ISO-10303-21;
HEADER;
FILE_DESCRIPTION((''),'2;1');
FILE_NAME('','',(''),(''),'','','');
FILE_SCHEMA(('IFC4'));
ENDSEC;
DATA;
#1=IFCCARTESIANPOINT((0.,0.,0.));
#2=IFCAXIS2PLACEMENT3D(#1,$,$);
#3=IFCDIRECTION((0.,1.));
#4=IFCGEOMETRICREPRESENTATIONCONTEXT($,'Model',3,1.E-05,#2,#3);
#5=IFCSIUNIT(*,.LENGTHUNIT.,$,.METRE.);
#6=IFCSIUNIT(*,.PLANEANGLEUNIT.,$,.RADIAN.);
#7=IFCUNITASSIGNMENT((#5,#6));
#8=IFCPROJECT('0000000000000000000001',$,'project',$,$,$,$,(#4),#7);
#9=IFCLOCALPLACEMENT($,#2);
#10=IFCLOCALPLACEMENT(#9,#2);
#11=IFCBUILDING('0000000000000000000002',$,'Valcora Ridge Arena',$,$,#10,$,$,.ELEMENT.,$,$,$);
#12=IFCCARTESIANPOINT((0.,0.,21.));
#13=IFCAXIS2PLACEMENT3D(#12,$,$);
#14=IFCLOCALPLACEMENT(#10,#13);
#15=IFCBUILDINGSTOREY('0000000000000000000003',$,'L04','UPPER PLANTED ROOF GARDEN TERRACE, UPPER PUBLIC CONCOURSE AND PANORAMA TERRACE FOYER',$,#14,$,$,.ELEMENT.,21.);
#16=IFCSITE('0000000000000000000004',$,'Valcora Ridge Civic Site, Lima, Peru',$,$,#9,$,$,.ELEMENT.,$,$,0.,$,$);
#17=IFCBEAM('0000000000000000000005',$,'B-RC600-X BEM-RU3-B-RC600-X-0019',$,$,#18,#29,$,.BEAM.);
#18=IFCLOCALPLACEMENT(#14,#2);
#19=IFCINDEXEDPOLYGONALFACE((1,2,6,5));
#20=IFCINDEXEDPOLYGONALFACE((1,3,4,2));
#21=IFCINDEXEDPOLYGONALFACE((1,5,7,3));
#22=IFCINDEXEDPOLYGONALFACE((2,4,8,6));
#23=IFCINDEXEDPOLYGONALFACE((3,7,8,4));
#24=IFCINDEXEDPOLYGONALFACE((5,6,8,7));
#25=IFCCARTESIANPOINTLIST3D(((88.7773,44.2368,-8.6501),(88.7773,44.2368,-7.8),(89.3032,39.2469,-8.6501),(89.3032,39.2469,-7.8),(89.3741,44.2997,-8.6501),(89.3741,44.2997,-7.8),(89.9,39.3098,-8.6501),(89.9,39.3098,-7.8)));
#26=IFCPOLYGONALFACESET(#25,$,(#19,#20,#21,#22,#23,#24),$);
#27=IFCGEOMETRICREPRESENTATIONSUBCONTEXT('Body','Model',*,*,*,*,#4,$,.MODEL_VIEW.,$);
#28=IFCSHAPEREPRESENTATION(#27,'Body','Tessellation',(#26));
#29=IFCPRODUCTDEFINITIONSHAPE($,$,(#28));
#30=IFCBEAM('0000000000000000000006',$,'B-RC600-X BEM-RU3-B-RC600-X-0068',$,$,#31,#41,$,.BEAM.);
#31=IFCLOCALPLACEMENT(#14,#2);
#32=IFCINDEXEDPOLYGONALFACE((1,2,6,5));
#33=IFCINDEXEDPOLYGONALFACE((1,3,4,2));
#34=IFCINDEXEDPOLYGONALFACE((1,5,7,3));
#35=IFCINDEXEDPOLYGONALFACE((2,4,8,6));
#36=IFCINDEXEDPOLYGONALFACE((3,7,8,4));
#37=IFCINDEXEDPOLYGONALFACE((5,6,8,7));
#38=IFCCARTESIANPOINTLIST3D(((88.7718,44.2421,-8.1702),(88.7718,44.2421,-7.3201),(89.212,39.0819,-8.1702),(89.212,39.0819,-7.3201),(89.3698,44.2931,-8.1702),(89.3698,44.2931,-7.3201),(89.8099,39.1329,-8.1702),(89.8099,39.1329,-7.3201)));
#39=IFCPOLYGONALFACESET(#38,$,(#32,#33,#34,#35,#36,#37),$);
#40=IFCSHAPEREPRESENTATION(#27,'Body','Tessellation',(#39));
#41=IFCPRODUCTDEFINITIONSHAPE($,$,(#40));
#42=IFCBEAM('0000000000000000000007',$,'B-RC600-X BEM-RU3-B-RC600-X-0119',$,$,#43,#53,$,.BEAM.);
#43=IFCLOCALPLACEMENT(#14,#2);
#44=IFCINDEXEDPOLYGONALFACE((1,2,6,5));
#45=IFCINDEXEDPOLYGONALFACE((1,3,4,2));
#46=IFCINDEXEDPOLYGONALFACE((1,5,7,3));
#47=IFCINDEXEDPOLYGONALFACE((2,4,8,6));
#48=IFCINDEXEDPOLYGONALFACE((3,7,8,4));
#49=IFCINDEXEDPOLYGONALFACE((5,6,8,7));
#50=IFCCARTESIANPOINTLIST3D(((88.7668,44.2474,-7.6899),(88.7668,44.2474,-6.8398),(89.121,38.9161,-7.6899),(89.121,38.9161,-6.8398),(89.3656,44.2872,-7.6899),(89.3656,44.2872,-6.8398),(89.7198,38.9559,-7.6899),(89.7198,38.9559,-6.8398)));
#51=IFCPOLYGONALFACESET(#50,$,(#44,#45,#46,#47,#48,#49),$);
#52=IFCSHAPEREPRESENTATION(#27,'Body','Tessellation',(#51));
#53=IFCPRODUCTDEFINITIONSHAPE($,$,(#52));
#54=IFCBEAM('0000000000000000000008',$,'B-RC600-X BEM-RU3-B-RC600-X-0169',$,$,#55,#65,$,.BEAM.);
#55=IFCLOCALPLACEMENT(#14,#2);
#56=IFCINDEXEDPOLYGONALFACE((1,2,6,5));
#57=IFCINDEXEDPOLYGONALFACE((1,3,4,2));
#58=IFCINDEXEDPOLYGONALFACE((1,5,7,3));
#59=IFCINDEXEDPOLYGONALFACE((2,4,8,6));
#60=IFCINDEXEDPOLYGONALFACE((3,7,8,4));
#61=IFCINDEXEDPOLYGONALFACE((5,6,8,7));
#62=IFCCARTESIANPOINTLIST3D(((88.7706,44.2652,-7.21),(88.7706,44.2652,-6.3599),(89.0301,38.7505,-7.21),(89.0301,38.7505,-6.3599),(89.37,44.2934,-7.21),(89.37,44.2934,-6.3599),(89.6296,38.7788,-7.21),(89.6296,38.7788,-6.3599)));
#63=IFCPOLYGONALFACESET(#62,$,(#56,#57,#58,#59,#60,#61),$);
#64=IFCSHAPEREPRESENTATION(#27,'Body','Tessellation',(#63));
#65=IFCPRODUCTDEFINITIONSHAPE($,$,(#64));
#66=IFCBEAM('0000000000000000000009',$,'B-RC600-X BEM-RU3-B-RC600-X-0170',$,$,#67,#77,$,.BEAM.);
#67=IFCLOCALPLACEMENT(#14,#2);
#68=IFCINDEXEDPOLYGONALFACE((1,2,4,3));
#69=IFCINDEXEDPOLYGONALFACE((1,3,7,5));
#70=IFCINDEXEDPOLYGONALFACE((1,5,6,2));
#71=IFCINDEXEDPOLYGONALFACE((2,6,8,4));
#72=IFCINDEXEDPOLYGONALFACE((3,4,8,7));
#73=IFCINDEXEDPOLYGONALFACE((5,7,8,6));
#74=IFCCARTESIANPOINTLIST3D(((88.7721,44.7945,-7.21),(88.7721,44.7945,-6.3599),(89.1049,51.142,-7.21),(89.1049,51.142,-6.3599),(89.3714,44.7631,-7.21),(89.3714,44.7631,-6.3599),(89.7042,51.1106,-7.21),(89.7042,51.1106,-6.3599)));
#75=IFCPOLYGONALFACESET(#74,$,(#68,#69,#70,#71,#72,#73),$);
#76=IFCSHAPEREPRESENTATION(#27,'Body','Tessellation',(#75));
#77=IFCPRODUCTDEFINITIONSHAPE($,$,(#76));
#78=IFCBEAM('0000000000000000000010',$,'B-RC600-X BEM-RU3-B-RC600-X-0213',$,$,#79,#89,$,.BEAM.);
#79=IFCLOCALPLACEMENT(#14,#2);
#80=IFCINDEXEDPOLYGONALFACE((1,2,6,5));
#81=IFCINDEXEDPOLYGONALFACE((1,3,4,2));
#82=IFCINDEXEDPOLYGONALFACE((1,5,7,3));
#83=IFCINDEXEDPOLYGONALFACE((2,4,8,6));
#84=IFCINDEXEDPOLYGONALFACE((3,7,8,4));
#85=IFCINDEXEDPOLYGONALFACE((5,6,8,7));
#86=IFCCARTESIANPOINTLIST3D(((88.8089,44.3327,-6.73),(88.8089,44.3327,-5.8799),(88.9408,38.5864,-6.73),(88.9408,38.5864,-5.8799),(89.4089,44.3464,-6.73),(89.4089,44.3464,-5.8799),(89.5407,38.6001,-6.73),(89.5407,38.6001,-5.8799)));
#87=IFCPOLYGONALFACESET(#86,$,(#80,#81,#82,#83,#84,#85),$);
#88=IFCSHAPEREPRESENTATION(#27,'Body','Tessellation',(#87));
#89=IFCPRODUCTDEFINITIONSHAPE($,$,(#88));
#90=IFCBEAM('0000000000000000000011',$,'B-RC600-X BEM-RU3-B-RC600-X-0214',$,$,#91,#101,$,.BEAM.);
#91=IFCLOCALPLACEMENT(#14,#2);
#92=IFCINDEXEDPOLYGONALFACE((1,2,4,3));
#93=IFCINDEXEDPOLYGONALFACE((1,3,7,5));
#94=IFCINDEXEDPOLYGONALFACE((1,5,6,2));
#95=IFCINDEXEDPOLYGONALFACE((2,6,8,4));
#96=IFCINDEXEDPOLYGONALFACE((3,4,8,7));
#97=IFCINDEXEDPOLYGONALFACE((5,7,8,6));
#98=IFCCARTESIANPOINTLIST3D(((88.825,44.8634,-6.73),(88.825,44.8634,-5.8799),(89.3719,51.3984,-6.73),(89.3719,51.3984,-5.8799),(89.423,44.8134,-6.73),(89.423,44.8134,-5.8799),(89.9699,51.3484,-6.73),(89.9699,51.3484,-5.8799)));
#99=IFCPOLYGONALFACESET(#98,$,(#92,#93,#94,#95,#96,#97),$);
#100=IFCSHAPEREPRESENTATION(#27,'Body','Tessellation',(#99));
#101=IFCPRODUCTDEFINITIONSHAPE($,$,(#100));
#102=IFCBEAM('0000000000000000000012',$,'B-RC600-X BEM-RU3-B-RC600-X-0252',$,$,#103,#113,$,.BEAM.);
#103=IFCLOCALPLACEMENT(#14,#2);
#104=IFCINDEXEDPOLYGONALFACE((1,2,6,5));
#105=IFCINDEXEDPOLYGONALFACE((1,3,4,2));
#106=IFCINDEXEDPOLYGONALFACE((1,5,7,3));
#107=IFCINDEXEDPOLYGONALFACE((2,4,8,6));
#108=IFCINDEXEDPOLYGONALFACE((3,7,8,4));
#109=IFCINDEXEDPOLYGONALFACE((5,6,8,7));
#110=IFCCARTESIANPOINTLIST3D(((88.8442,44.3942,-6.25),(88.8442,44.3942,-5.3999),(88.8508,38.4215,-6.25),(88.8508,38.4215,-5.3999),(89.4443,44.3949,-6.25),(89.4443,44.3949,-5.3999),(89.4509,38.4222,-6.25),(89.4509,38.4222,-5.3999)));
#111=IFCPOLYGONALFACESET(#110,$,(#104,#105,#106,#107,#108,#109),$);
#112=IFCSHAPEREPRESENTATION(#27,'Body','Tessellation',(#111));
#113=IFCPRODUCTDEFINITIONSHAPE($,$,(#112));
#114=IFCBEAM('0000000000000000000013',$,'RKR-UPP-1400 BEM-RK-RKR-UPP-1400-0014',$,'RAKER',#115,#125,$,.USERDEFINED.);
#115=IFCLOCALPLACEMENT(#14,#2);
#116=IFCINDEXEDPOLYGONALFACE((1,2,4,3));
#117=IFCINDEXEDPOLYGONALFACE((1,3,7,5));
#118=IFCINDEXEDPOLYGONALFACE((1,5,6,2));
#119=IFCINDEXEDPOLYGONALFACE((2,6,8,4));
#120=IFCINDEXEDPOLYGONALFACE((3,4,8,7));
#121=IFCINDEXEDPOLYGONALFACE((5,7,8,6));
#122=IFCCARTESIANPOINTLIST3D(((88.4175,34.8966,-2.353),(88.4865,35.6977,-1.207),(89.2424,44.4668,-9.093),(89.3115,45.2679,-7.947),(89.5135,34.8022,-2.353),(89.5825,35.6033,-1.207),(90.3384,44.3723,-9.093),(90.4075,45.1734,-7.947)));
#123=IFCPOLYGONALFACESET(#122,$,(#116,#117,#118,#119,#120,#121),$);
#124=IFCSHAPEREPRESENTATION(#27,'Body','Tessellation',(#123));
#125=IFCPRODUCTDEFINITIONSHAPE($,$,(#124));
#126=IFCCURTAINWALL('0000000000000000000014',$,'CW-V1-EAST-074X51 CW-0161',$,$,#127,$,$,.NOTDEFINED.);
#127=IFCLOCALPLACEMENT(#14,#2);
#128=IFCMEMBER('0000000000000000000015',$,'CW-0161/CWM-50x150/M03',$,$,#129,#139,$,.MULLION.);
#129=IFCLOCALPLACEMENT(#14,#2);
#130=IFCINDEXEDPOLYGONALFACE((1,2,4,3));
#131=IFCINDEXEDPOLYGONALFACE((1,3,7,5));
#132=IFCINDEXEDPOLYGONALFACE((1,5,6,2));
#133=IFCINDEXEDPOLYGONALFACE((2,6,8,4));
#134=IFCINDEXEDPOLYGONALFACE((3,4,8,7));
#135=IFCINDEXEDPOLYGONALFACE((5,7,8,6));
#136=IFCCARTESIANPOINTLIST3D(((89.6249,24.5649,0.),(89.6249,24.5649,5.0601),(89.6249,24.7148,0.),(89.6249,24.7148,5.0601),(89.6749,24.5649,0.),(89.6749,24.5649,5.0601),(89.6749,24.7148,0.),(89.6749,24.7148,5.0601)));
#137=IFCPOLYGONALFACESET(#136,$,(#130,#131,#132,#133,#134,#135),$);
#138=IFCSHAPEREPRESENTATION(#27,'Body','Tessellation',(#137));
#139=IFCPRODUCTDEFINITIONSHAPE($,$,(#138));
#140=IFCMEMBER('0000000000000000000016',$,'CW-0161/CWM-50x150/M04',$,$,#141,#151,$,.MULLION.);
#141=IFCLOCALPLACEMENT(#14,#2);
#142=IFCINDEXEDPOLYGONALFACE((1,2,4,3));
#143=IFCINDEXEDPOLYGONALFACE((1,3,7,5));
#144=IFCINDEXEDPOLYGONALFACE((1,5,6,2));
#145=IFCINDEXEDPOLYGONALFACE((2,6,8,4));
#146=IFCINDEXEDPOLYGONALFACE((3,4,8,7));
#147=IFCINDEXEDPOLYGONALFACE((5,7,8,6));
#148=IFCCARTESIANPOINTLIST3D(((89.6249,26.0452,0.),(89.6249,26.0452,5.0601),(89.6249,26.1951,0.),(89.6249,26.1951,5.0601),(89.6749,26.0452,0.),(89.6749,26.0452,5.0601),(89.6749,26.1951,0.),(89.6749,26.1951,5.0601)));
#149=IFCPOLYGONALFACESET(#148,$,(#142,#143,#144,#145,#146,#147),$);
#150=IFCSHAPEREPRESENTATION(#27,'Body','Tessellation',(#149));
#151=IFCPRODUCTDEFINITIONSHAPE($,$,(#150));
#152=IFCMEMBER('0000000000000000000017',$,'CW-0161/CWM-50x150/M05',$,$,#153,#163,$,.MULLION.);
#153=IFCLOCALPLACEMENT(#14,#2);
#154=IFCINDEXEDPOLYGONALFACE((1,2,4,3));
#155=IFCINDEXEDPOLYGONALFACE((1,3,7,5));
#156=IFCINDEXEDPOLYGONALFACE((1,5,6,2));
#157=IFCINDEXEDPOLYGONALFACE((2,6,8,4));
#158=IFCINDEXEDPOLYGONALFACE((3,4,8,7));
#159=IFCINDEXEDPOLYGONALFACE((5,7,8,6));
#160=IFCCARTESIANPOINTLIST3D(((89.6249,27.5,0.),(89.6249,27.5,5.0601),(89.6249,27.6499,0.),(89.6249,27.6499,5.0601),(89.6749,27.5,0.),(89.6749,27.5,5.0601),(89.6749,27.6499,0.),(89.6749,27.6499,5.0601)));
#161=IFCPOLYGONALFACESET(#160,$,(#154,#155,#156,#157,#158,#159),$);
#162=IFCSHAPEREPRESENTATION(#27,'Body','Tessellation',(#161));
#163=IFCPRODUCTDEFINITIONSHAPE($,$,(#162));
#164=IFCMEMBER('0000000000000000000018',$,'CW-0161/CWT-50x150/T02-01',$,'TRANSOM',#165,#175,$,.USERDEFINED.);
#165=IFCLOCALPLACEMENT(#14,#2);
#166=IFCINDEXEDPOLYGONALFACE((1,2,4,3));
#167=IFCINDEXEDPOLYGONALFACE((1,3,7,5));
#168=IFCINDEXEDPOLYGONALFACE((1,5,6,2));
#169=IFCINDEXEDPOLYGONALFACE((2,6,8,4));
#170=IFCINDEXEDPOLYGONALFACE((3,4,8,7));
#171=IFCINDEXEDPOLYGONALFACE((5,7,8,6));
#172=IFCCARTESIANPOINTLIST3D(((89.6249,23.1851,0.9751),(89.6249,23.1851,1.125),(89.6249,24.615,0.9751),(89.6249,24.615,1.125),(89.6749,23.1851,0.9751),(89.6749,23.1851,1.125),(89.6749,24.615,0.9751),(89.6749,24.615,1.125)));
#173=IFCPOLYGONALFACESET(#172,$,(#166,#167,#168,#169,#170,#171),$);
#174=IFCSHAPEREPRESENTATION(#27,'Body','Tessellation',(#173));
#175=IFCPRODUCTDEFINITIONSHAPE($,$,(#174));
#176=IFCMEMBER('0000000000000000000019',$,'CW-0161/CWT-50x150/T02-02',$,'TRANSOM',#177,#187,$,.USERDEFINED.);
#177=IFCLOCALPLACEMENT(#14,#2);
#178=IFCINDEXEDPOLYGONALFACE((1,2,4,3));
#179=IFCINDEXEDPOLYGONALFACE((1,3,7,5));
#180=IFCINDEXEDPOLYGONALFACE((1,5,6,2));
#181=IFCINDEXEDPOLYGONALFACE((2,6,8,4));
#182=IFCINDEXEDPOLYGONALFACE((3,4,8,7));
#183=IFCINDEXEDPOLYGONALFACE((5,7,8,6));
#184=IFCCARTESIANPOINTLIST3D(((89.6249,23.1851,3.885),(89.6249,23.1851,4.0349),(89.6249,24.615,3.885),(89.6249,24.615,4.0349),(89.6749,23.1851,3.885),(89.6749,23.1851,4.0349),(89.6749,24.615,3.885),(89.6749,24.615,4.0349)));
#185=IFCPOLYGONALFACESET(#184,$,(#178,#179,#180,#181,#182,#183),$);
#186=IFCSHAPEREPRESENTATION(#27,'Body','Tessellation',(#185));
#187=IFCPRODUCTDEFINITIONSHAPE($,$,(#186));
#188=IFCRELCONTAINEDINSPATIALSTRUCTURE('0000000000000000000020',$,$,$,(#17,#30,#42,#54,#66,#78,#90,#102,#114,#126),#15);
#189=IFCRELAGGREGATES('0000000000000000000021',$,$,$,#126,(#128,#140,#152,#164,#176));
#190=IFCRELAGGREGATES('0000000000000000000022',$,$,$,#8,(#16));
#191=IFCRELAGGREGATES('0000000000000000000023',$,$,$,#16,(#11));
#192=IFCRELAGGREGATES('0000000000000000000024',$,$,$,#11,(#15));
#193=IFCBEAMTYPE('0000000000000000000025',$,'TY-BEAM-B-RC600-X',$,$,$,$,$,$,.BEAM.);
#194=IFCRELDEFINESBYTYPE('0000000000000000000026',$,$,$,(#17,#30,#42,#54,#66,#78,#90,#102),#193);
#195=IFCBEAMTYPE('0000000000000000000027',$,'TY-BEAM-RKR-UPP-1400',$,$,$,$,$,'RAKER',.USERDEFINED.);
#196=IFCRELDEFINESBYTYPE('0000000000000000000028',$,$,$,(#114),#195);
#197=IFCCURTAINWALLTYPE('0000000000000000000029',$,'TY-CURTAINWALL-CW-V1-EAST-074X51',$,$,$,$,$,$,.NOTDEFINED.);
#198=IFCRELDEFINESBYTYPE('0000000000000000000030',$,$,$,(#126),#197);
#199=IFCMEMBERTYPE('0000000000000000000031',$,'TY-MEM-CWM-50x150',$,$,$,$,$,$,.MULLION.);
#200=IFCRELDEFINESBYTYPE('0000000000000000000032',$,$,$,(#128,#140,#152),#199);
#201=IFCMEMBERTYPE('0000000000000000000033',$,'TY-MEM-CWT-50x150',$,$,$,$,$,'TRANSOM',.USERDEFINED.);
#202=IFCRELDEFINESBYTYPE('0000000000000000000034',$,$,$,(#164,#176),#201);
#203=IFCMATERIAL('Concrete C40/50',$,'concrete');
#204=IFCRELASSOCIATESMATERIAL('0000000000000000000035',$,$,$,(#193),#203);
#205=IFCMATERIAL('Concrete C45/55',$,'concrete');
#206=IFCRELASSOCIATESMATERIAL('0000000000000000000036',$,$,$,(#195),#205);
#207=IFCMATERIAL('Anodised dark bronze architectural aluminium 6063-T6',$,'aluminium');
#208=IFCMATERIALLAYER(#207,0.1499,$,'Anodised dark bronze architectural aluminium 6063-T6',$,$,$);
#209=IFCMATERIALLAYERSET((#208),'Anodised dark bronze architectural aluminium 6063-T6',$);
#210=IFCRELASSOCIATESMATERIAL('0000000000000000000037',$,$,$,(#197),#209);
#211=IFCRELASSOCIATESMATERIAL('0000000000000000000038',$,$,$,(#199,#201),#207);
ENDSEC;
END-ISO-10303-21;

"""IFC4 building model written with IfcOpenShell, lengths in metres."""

from ifc_helpers import new_model, si_unit, direction, frame, origin, origin_2d, place, context, subcontext, project, spatial, rectangle, extrude, material, layer, layer_set, material_profile, profile_set, type_object, element, aggregate, save


model = new_model("IFC4")

# Units and contexts
model_context = context("Model", 3, precision=1e-05, world=origin(), true_north=direction((0.0, 1.0)))
body_context = subcontext(model_context, "Body", "Model", "MODEL_VIEW")
ifc_project = project(units=[si_unit("LENGTHUNIT", "METRE"), si_unit("PLANEANGLEUNIT", "RADIAN")], contexts=[model_context])

# Site, building, storey
site_placement = place(None, origin())
site = spatial("IfcSite", under=ifc_project, at=site_placement, Name="Valcora Ridge Civic Site, Lima, Peru", CompositionType="ELEMENT", RefElevation=0.0)
building_placement = place(site_placement, origin())
building = spatial("IfcBuilding", under=site, at=building_placement, Name="Valcora Ridge Arena", CompositionType="ELEMENT")
storey_placement = place(building_placement, frame((0.0, 0.0, 21.0)))
storey = spatial("IfcBuildingStorey", under=building, at=storey_placement, Name="L04", Description="UPPER PLANTED ROOF GARDEN TERRACE, UPPER PUBLIC CONCOURSE AND PANORAMA TERRACE FOYER", CompositionType="ELEMENT", Elevation=21.0)

# Beams
ifc_material_1 = material(Name="Concrete C40/50", Category="concrete")
ifc_material_profile_1 = material_profile(ifc_material_1, rectangle(XDim=0.6001, YDim=0.8501, at=origin_2d()), Name="RC 600x850")
ifc_profile_set_1 = profile_set([ifc_material_profile_1], Name="Concrete C40/50")
beam_type_1 = type_object("IfcBeamType", Name="TY-BEAM-B-RC600-X", PredefinedType="BEAM", material=ifc_profile_set_1)
beam_1_placement = place(storey_placement, frame((89.6016, 39.2783, -8.2251), z_axis=(-0.104806, 0.994493, 0.0), x_axis=(-0.994493, -0.104806, 0.0)))
element("IfcBeam", 1, at=beam_1_placement, inside=storey, type_object=beam_type_1, Name="B-RC600-X BEM-RU3-B-RC600-X-0019", PredefinedType="BEAM", context=body_context, shape_type="SweptSolid", body=[
    extrude(rectangle(XDim=0.6001, YDim=0.8501, at=origin_2d()), origin(), (0.0, 0.0, 1.0), 5.0176),
])
beam_2_placement = place(storey_placement, frame((89.511, 39.1074, -7.7451), z_axis=(-0.084996, 0.996381, 0.0), x_axis=(-0.996381, -0.084996, 0.0)))
element("IfcBeam", 2, at=beam_2_placement, inside=storey, type_object=beam_type_1, Name="B-RC600-X BEM-RU3-B-RC600-X-0068", PredefinedType="BEAM", context=body_context, shape_type="SweptSolid", body=[
    extrude(rectangle(XDim=0.6001, YDim=0.8501, at=origin_2d()), origin(), (0.0, 0.0, 1.0), 5.179),
])
beam_3_placement = place(storey_placement, frame((89.4204, 38.936, -7.2649), z_axis=(-0.066301, 0.9978, 0.0), x_axis=(-0.9978, -0.066301, 0.0)))
element("IfcBeam", 3, at=beam_3_placement, inside=storey, type_object=beam_type_1, Name="B-RC600-X BEM-RU3-B-RC600-X-0119", PredefinedType="BEAM", context=body_context, shape_type="SweptSolid", body=[
    extrude(rectangle(XDim=0.6001, YDim=0.8501, at=origin_2d()), origin(), (0.0, 0.0, 1.0), 5.343),
])
beam_4_placement = place(storey_placement, frame((89.3298, 38.7646, -6.7849), z_axis=(-0.047008, 0.998894, 0.0), x_axis=(-0.998894, -0.047008, 0.0)))
element("IfcBeam", 4, at=beam_4_placement, inside=storey, type_object=beam_type_1, Name="B-RC600-X BEM-RU3-B-RC600-X-0169", PredefinedType="BEAM", context=body_context, shape_type="SweptSolid", body=[
    extrude(rectangle(XDim=0.6001, YDim=0.8501, at=origin_2d()), origin(), (0.0, 0.0, 1.0), 5.5208),
])
beam_5_placement = place(storey_placement, frame((89.0718, 44.7788, -6.7849), z_axis=(0.052353, 0.998629, 0.0), x_axis=(-0.998629, 0.052353, 0.0)))
element("IfcBeam", 5, at=beam_5_placement, inside=storey, type_object=beam_type_1, Name="B-RC600-X BEM-RU3-B-RC600-X-0170", PredefinedType="BEAM", context=body_context, shape_type="SweptSolid", body=[
    extrude(rectangle(XDim=0.6001, YDim=0.8501, at=origin_2d()), origin(), (0.0, 0.0, 1.0), 6.3562),
])
beam_6_placement = place(storey_placement, frame((89.2407, 38.5933, -6.3049), z_axis=(-0.022937, 0.999737, 0.0), x_axis=(-0.999737, -0.022937, 0.0)))
element("IfcBeam", 6, at=beam_6_placement, inside=storey, type_object=beam_type_1, Name="B-RC600-X BEM-RU3-B-RC600-X-0213", PredefinedType="BEAM", context=body_context, shape_type="SweptSolid", body=[
    extrude(rectangle(XDim=0.6001, YDim=0.8501, at=origin_2d()), origin(), (0.0, 0.0, 1.0), 5.7478),
])
beam_7_placement = place(storey_placement, frame((89.124, 44.8384, -6.3049), z_axis=(0.083394, 0.996517, 0.0), x_axis=(-0.996517, 0.083394, 0.0)))
element("IfcBeam", 7, at=beam_7_placement, inside=storey, type_object=beam_type_1, Name="B-RC600-X BEM-RU3-B-RC600-X-0214", PredefinedType="BEAM", context=body_context, shape_type="SweptSolid", body=[
    extrude(rectangle(XDim=0.6001, YDim=0.8501, at=origin_2d()), origin(), (0.0, 0.0, 1.0), 6.5579),
])
beam_8_placement = place(storey_placement, frame((89.1509, 38.4219, -5.825), z_axis=(-0.001104, 0.999999, 0.0), x_axis=(-0.999999, -0.001104, 0.0)))
element("IfcBeam", 8, at=beam_8_placement, inside=storey, type_object=beam_type_1, Name="B-RC600-X BEM-RU3-B-RC600-X-0252", PredefinedType="BEAM", context=body_context, shape_type="SweptSolid", body=[
    extrude(rectangle(XDim=0.6001, YDim=0.8501, at=origin_2d()), origin(), (0.0, 0.0, 1.0), 5.9727),
])
ifc_material_2 = material(Name="Concrete C45/55", Category="concrete")
ifc_material_profile_2 = material_profile(ifc_material_2, rectangle(XDim=1.1001, YDim=1.3999, at=origin_2d()), Name="RC 1100x1400")
ifc_profile_set_2 = profile_set([ifc_material_profile_2], Name="Concrete C45/55")
beam_type_2 = type_object("IfcBeamType", Name="TY-BEAM-RKR-UPP-1400", ElementType="RAKER", PredefinedType="USERDEFINED", material=ifc_profile_set_2)
beam_9_placement = place(storey_placement, frame((89.825, 44.8201, -8.52), z_axis=(-0.070302, -0.815562, 0.574383), x_axis=(0.996305, -0.085883, 0.0)))
element("IfcBeam", 9, at=beam_9_placement, inside=storey, type_object=beam_type_2, Name="RKR-UPP-1400 BEM-RK-RKR-UPP-1400-0014", ObjectType="RAKER", PredefinedType="USERDEFINED", context=body_context, shape_type="SweptSolid", body=[
    extrude(rectangle(XDim=1.1001, YDim=1.3999, at=origin_2d()), origin(), (0.0, 0.0, 1.0), 11.7344),
])

# Curtain wall, members
ifc_material_3 = material(Name="Anodised dark bronze architectural aluminium 6063-T6", Category="aluminium")
ifc_layer_1 = layer(ifc_material_3, 0.1499, Name="Anodised dark bronze architectural aluminium 6063-T6")
ifc_layer_set_1 = layer_set([ifc_layer_1], Name="Anodised dark bronze architectural aluminium 6063-T6")
curtain_wall_type = type_object("IfcCurtainWallType", Name="TY-CURTAINWALL-CW-V1-EAST-074X51", PredefinedType="NOTDEFINED", material=ifc_layer_set_1)
curtain_wall_placement = place(storey_placement, origin())
curtain_wall = element("IfcCurtainWall", 10, at=curtain_wall_placement, inside=storey, type_object=curtain_wall_type, Name="CW-V1-EAST-074X51 CW-0161", PredefinedType="NOTDEFINED")
ifc_material_profile_3 = material_profile(ifc_material_3, rectangle(XDim=0.05, YDim=0.1499, at=origin_2d()), Name="ALU MULLION 50x150")
ifc_profile_set_3 = profile_set([ifc_material_profile_3], Name="Anodised dark bronze architectural aluminium 6063-T6")
member_type_1 = type_object("IfcMemberType", Name="TY-MEM-CWM-50x150", PredefinedType="MULLION", material=ifc_profile_set_3)
member_1_placement = place(storey_placement, frame((89.6499, 24.6399, 0.0), z_axis=(0.0, 0.0, 1.0), x_axis=(-1.0, 0.0, 0.0)))
member_1 = element("IfcMember", 11, at=member_1_placement, type_object=member_type_1, Name="CW-0161/CWM-50x150/M03", PredefinedType="MULLION", context=body_context, shape_type="SweptSolid", body=[
    extrude(rectangle(XDim=0.05, YDim=0.1499, at=origin_2d()), origin(), (0.0, 0.0, 1.0), 5.0601),
])
member_2_placement = place(storey_placement, frame((89.6499, 26.1201, 0.0), z_axis=(0.0, 0.0, 1.0), x_axis=(-1.0, 0.0, 0.0)))
member_2 = element("IfcMember", 12, at=member_2_placement, type_object=member_type_1, Name="CW-0161/CWM-50x150/M04", PredefinedType="MULLION", context=body_context, shape_type="SweptSolid", body=[
    extrude(rectangle(XDim=0.05, YDim=0.1499, at=origin_2d()), origin(), (0.0, 0.0, 1.0), 5.0601),
])
member_3_placement = place(storey_placement, frame((89.6499, 27.575, 0.0), z_axis=(0.0, 0.0, 1.0), x_axis=(-1.0, 0.0, 0.0)))
member_3 = element("IfcMember", 13, at=member_3_placement, type_object=member_type_1, Name="CW-0161/CWM-50x150/M05", PredefinedType="MULLION", context=body_context, shape_type="SweptSolid", body=[
    extrude(rectangle(XDim=0.05, YDim=0.1499, at=origin_2d()), origin(), (0.0, 0.0, 1.0), 5.0601),
])
ifc_material_profile_4 = material_profile(ifc_material_3, rectangle(XDim=0.05, YDim=0.1499, at=origin_2d()), Name="ALU TRANSOM 50x150")
ifc_profile_set_4 = profile_set([ifc_material_profile_4], Name="Anodised dark bronze architectural aluminium 6063-T6")
member_type_2 = type_object("IfcMemberType", Name="TY-MEM-CWT-50x150", ElementType="TRANSOM", PredefinedType="USERDEFINED", material=ifc_profile_set_4)
member_4_placement = place(storey_placement, frame((89.6499, 23.1851, 1.05), z_axis=(0.0, 1.0, 0.0), x_axis=(-1.0, 0.0, 0.0)))
member_4 = element("IfcMember", 14, at=member_4_placement, type_object=member_type_2, Name="CW-0161/CWT-50x150/T02-01", ObjectType="TRANSOM", PredefinedType="USERDEFINED", context=body_context, shape_type="SweptSolid", body=[
    extrude(rectangle(XDim=0.05, YDim=0.1499, at=origin_2d()), origin(), (0.0, 0.0, 1.0), 1.4299),
])
member_5_placement = place(storey_placement, frame((89.6499, 23.1851, 3.96), z_axis=(0.0, 1.0, 0.0), x_axis=(-1.0, 0.0, 0.0)))
member_5 = element("IfcMember", 15, at=member_5_placement, type_object=member_type_2, Name="CW-0161/CWT-50x150/T02-02", ObjectType="TRANSOM", PredefinedType="USERDEFINED", context=body_context, shape_type="SweptSolid", body=[
    extrude(rectangle(XDim=0.05, YDim=0.1499, at=origin_2d()), origin(), (0.0, 0.0, 1.0), 1.4299),
])
aggregate(curtain_wall, [member_1, member_2, member_3, member_4, member_5])

save(model, "model.ifc")
